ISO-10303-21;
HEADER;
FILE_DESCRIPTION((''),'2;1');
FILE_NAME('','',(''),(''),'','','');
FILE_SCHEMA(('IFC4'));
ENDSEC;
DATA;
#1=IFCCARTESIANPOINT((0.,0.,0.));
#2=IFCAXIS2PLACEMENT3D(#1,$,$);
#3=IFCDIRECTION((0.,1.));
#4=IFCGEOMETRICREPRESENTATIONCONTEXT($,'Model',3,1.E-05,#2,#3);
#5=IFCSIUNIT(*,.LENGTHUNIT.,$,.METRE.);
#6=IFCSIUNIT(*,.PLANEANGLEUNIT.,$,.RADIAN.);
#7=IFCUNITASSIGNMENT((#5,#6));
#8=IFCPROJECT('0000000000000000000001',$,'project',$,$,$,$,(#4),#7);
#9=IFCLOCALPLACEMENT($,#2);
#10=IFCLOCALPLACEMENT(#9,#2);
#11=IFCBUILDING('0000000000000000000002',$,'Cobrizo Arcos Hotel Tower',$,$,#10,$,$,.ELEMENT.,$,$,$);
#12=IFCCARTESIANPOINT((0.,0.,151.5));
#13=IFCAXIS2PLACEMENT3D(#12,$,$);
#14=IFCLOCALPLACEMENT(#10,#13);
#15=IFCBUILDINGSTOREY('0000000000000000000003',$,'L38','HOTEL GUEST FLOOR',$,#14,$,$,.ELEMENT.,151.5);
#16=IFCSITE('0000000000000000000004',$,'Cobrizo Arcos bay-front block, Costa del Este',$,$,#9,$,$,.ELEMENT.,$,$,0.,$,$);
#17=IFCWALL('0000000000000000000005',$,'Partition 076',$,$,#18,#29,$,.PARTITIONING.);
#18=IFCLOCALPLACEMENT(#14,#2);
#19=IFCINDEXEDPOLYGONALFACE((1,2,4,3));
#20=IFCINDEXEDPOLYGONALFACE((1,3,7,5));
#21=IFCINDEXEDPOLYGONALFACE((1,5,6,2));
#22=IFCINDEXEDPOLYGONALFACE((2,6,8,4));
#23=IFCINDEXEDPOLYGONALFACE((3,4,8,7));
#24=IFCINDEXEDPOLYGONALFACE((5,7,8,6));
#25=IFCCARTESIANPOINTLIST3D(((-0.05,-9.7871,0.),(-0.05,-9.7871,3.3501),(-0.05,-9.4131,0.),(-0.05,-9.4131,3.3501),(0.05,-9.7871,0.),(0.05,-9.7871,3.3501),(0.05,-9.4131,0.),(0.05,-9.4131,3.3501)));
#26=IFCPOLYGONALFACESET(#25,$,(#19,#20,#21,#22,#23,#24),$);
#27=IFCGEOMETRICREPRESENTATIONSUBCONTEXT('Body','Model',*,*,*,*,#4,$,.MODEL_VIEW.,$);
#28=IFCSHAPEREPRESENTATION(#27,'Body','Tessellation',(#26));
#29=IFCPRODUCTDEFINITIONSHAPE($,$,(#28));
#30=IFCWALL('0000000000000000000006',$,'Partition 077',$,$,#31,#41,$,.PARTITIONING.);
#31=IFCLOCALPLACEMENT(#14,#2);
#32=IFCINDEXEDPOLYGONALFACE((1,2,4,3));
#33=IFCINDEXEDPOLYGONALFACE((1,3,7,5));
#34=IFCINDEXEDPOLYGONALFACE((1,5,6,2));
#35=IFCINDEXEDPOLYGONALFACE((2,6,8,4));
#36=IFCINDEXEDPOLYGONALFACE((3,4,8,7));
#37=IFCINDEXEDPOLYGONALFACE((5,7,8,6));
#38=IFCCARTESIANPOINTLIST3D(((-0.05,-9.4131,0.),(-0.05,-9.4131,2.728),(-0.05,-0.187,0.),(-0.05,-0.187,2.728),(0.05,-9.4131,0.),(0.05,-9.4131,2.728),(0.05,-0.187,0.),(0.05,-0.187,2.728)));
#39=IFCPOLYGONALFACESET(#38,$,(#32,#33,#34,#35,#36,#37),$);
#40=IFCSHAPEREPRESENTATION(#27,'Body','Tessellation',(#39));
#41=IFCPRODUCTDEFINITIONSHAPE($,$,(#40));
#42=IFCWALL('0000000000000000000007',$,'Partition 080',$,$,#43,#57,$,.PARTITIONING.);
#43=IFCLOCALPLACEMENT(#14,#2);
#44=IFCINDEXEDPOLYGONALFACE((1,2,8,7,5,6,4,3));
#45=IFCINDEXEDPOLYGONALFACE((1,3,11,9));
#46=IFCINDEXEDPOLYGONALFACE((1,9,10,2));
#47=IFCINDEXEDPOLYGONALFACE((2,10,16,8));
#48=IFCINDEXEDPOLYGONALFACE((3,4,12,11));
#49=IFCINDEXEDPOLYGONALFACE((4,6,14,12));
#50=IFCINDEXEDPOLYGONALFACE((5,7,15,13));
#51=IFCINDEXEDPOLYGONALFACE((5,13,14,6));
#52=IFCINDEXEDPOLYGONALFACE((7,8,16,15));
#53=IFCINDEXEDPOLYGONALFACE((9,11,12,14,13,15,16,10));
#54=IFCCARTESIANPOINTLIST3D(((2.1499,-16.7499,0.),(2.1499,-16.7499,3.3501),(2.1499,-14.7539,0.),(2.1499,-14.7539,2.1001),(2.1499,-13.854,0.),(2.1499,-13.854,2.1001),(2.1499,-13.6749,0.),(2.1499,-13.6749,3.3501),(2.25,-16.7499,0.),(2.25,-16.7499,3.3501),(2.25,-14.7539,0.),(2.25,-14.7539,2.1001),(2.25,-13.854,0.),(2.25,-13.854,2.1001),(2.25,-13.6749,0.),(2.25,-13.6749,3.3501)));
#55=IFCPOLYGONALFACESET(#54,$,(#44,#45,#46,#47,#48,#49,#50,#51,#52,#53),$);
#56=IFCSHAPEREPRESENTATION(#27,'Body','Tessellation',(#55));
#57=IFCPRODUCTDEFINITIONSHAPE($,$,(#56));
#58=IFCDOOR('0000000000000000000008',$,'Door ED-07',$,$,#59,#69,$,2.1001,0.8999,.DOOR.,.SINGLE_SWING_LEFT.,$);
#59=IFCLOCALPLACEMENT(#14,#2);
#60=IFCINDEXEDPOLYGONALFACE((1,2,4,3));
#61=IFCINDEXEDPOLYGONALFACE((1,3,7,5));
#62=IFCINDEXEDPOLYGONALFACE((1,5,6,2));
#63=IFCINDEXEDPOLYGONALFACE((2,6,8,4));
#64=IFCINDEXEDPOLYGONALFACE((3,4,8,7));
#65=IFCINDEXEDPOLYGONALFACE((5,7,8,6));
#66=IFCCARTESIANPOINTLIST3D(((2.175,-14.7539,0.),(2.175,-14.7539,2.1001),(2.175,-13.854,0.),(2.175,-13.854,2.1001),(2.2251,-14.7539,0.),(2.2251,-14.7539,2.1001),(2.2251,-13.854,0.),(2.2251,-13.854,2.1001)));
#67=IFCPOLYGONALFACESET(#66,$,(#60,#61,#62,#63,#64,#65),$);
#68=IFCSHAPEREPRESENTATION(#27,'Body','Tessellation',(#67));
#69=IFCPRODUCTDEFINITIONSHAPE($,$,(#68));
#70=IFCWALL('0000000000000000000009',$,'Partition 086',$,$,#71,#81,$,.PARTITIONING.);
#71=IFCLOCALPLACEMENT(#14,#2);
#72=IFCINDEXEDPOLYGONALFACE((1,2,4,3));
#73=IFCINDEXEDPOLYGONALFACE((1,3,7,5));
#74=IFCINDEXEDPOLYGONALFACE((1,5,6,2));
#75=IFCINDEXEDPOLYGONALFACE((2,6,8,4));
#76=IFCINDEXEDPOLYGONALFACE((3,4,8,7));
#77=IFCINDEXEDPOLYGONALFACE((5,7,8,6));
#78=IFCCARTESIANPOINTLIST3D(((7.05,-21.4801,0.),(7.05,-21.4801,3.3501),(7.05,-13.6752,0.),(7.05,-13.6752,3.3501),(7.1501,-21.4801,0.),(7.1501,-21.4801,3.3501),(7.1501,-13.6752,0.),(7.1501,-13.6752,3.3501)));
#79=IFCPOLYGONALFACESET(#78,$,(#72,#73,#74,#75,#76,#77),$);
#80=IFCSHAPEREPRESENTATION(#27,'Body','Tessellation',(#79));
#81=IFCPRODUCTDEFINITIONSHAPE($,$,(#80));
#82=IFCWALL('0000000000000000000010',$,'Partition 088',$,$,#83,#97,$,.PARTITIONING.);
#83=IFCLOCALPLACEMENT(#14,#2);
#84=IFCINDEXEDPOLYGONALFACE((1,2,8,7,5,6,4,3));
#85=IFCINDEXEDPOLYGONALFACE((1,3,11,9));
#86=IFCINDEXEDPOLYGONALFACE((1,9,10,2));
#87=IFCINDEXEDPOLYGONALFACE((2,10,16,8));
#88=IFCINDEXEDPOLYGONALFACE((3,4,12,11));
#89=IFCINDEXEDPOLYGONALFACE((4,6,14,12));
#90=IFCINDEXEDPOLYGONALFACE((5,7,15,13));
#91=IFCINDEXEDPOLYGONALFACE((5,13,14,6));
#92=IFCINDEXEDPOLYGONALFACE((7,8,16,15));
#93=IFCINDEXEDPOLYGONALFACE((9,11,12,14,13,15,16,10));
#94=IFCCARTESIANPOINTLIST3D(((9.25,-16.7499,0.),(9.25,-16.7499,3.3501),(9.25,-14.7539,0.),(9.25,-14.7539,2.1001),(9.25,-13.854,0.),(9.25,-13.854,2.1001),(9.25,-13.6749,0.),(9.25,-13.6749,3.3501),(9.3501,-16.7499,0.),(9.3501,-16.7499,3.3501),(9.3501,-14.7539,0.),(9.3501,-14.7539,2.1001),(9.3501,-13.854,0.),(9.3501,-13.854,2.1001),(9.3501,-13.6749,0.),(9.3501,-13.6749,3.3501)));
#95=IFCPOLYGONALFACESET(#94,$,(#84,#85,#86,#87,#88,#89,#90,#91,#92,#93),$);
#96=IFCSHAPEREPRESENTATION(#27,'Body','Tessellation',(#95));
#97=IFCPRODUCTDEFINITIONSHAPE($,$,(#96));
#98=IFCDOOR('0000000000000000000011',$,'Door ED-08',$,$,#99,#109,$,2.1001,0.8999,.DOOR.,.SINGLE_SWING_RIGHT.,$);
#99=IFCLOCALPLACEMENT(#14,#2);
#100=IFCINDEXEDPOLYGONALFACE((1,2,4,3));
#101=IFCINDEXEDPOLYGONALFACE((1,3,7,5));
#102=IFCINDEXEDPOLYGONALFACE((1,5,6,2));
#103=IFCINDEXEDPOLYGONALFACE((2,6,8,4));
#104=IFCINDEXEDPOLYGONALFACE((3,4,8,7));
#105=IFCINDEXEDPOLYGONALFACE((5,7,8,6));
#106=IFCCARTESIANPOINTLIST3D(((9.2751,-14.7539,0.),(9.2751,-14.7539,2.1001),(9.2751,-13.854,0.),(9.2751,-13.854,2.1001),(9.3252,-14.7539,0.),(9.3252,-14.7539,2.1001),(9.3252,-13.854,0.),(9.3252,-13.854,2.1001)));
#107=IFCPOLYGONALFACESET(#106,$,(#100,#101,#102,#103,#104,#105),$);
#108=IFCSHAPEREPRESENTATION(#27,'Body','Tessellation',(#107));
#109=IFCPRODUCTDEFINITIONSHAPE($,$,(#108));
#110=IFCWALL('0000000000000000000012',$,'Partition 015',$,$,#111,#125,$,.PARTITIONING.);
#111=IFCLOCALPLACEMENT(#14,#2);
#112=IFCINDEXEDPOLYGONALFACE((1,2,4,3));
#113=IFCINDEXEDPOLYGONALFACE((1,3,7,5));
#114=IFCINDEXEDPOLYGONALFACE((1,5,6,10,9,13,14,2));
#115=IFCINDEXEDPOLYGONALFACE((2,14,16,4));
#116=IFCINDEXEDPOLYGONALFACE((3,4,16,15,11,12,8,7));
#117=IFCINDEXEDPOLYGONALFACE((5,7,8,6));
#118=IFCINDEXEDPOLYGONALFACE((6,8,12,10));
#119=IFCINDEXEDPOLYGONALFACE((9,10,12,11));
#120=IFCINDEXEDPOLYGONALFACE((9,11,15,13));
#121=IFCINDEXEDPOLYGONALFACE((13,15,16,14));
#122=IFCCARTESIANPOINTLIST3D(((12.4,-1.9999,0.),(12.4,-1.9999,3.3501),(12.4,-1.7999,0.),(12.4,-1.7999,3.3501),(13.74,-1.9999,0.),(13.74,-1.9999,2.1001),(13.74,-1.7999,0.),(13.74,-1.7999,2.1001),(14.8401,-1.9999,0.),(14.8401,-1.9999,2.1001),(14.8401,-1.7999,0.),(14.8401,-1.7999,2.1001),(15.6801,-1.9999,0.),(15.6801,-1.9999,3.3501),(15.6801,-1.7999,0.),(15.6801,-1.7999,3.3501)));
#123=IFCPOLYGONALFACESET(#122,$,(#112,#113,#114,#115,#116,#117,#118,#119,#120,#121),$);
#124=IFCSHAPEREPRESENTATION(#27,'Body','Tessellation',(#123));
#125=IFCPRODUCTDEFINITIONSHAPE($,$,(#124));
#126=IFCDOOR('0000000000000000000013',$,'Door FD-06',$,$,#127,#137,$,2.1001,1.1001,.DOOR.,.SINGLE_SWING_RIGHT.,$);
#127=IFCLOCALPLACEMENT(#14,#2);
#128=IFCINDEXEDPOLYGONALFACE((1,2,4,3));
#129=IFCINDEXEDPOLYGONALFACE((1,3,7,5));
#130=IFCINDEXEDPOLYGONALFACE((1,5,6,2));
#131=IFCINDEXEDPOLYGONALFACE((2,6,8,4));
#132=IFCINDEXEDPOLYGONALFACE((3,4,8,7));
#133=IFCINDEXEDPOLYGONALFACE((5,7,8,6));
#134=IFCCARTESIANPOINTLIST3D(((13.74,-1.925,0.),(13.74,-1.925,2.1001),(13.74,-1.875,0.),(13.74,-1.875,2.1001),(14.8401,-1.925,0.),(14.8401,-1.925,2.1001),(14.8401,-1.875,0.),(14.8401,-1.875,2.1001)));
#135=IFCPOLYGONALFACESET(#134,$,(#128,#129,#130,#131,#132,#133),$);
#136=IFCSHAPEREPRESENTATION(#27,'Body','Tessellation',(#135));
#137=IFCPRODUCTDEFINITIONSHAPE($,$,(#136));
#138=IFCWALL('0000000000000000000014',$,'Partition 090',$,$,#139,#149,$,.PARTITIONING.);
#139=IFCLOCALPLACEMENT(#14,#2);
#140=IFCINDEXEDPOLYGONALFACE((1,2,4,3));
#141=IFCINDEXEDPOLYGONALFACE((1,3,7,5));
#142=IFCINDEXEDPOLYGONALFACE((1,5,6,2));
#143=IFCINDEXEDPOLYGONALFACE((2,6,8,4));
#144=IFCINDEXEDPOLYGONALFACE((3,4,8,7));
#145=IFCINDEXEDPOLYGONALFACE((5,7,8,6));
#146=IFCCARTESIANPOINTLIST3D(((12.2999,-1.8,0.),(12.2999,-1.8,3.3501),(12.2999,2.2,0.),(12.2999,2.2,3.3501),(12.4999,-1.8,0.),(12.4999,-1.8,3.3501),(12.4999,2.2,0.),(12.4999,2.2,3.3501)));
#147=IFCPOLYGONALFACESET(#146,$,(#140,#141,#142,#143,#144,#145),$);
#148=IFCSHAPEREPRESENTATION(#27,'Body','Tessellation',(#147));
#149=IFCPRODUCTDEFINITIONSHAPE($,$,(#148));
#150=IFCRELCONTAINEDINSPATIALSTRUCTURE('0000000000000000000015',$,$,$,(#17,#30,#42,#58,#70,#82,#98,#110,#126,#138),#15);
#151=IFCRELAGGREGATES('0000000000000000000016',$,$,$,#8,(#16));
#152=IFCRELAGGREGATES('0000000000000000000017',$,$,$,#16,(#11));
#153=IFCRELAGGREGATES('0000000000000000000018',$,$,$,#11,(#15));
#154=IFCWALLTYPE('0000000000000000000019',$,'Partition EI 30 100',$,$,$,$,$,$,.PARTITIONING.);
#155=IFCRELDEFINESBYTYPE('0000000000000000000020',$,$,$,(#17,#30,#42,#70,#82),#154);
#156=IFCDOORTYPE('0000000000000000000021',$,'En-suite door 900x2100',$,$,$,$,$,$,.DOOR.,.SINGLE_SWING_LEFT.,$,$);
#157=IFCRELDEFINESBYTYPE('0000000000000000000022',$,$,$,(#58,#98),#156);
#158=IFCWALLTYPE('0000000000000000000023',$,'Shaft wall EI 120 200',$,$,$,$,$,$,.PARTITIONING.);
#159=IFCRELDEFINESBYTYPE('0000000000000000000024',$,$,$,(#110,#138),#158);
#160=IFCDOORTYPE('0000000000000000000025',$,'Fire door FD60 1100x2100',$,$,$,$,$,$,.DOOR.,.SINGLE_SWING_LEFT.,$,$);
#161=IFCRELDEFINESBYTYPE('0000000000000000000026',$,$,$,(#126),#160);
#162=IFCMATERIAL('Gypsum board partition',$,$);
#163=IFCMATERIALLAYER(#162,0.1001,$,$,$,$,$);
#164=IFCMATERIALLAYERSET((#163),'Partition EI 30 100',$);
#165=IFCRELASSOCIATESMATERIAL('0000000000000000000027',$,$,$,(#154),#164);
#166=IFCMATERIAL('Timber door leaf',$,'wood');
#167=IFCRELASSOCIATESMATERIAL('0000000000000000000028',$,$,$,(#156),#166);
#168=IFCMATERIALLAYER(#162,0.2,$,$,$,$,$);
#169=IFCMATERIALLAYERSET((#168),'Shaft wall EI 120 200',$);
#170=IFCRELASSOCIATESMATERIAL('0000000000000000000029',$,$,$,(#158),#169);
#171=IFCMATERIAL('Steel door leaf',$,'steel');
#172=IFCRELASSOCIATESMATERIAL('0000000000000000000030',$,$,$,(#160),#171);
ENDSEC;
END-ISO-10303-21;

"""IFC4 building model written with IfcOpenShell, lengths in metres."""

from ifc_helpers import new_model, si_unit, direction, frame, frame_2d, origin, place, context, subcontext, project, spatial, rectangle, extrude, material, layer, layer_set, type_object, element, fill, save


model = new_model("IFC4")

# Units and contexts
model_context = context("Model", 3, precision=1e-05, world=origin(), true_north=direction((0.0, 1.0)))
body_context = subcontext(model_context, "Body", "Model", "MODEL_VIEW")
ifc_project = project(units=[si_unit("LENGTHUNIT", "METRE"), si_unit("PLANEANGLEUNIT", "RADIAN")], contexts=[model_context])

# Site, building, storey
site_placement = place(None, origin())
site = spatial("IfcSite", under=ifc_project, at=site_placement, Name="Cobrizo Arcos bay-front block, Costa del Este", CompositionType="ELEMENT", RefElevation=0.0)
building_placement = place(site_placement, origin())
building = spatial("IfcBuilding", under=site, at=building_placement, Name="Cobrizo Arcos Hotel Tower", CompositionType="ELEMENT")
storey_placement = place(building_placement, frame((0.0, 0.0, 151.5)))
storey = spatial("IfcBuildingStorey", under=building, at=storey_placement, Name="L38", Description="HOTEL GUEST FLOOR", CompositionType="ELEMENT", Elevation=151.5)

# Shared definitions
ifc_material_1 = material(Name="Gypsum board partition")

# Shared definitions
ifc_material_2 = material(Name="Timber door leaf", Category="wood")

# Shared definitions
ifc_layer_1 = layer(ifc_material_1, 0.1001)
ifc_layer_set_1 = layer_set([ifc_layer_1], Name="Partition EI 30 100")
wall_type_1 = type_object("IfcWallType", Name="Partition EI 30 100", PredefinedType="PARTITIONING", material=ifc_layer_set_1)
door_type_1 = type_object("IfcDoorType", Name="En-suite door 900x2100", OperationType="SINGLE_SWING_LEFT", PredefinedType="DOOR", material=ifc_material_2)

# Walls
wall_1_placement = place(storey_placement, frame((0.0, -9.7871, 0.0), z_axis=(0.0, 0.0, 1.0), x_axis=(0.0, 1.0, 0.0)))
element("IfcWall", 1, at=wall_1_placement, inside=storey, type_object=wall_type_1, Name="Partition 076", PredefinedType="PARTITIONING", context=body_context, shape_type="SweptSolid", body=[
    extrude(rectangle(XDim=0.374, YDim=0.1001, at=frame_2d((0.187, 0.0))), origin(), (0.0, 0.0, 1.0), 3.3501),
])
wall_2_placement = place(storey_placement, frame((0.0, -9.4131, 0.0), z_axis=(0.0, 0.0, 1.0), x_axis=(0.0, 1.0, 0.0)))
element("IfcWall", 2, at=wall_2_placement, inside=storey, type_object=wall_type_1, Name="Partition 077", PredefinedType="PARTITIONING", context=body_context, shape_type="SweptSolid", body=[
    extrude(rectangle(XDim=9.2261, YDim=0.1001, at=frame_2d((4.613, 0.0))), origin(), (0.0, 0.0, 1.0), 2.728),
])

# Wall, opening, door
wall_3_placement = place(storey_placement, frame((2.2, -16.75, 0.0), z_axis=(0.0, 0.0, 1.0), x_axis=(0.0, 1.0, 0.0)))
wall_3 = element("IfcWall", 3, at=wall_3_placement, inside=storey, type_object=wall_type_1, Name="Partition 080", PredefinedType="PARTITIONING", context=body_context, shape_type="SweptSolid", body=[
    extrude(rectangle(XDim=3.075, YDim=0.1001, at=frame_2d((1.5376, 0.0))), origin(), (0.0, 0.0, 1.0), 3.3501),
])
opening_1_placement = place(wall_3_placement, frame((1.9961, 0.0, 0.0)))
opening_1 = element("IfcOpeningElement", 4, at=opening_1_placement, cuts=wall_3, PredefinedType="OPENING", context=body_context, shape_type="SweptSolid", body=[
    extrude(rectangle(XDim=0.8999, YDim=2.1001, at=frame_2d((0.45, 1.05))), frame((0.0, 0.062, 0.0), z_axis=(0.0, -1.0, 0.0), x_axis=(1.0, 0.0, 0.0)), (0.0, 0.0, 1.0), 0.124),
])
door_1_placement = place(opening_1_placement, origin())
door_1 = element("IfcDoor", 5, at=door_1_placement, inside=storey, type_object=door_type_1, Name="Door ED-07", OperationType="SINGLE_SWING_LEFT", OverallHeight=2.1001, OverallWidth=0.8999, PredefinedType="DOOR", context=body_context, shape_type="SweptSolid", body=[
    extrude(rectangle(XDim=0.8999, YDim=2.1001, at=frame_2d((0.45, 1.05))), frame((0.0, 0.0249, 0.0), z_axis=(0.0, -1.0, 0.0), x_axis=(1.0, 0.0, 0.0)), (0.0, 0.0, 1.0), 0.05),
])
fill(opening_1, door_1)

# Wall
wall_4_placement = place(storey_placement, frame((7.1001, -21.48, 0.0), z_axis=(0.0, 0.0, 1.0), x_axis=(0.0, 1.0, 0.0)))
element("IfcWall", 6, at=wall_4_placement, inside=storey, type_object=wall_type_1, Name="Partition 086", PredefinedType="PARTITIONING", context=body_context, shape_type="SweptSolid", body=[
    extrude(rectangle(XDim=7.8049, YDim=0.1001, at=frame_2d((3.9023, 0.0))), origin(), (0.0, 0.0, 1.0), 3.3501),
])

# Walls, openings, doors
wall_5_placement = place(storey_placement, frame((9.3, -16.75, 0.0), z_axis=(0.0, 0.0, 1.0), x_axis=(0.0, 1.0, 0.0)))
wall_5 = element("IfcWall", 7, at=wall_5_placement, inside=storey, type_object=wall_type_1, Name="Partition 088", PredefinedType="PARTITIONING", context=body_context, shape_type="SweptSolid", body=[
    extrude(rectangle(XDim=3.075, YDim=0.1001, at=frame_2d((1.5376, 0.0))), origin(), (0.0, 0.0, 1.0), 3.3501),
])
opening_2_placement = place(wall_5_placement, frame((1.9961, 0.0, 0.0)))
opening_2 = element("IfcOpeningElement", 8, at=opening_2_placement, cuts=wall_5, PredefinedType="OPENING", context=body_context, shape_type="SweptSolid", body=[
    extrude(rectangle(XDim=0.8999, YDim=2.1001, at=frame_2d((0.45, 1.05))), frame((0.0, 0.062, 0.0), z_axis=(0.0, -1.0, 0.0), x_axis=(1.0, 0.0, 0.0)), (0.0, 0.0, 1.0), 0.124),
])
door_2_placement = place(opening_2_placement, origin())
door_2 = element("IfcDoor", 9, at=door_2_placement, inside=storey, type_object=door_type_1, Name="Door ED-08", OperationType="SINGLE_SWING_RIGHT", OverallHeight=2.1001, OverallWidth=0.8999, PredefinedType="DOOR", context=body_context, shape_type="SweptSolid", body=[
    extrude(rectangle(XDim=0.8999, YDim=2.1001, at=frame_2d((0.45, 1.05))), frame((0.0, 0.0249, 0.0), z_axis=(0.0, -1.0, 0.0), x_axis=(1.0, 0.0, 0.0)), (0.0, 0.0, 1.0), 0.05),
])
fill(opening_2, door_2)
ifc_layer_2 = layer(ifc_material_1, 0.2)
ifc_layer_set_2 = layer_set([ifc_layer_2], Name="Shaft wall EI 120 200")
wall_type_2 = type_object("IfcWallType", Name="Shaft wall EI 120 200", PredefinedType="PARTITIONING", material=ifc_layer_set_2)
wall_6_placement = place(storey_placement, frame((12.3999, -1.8999, 0.0), z_axis=(0.0, 0.0, 1.0), x_axis=(1.0, 0.0, 0.0)))
wall_6 = element("IfcWall", 10, at=wall_6_placement, inside=storey, type_object=wall_type_2, Name="Partition 015", PredefinedType="PARTITIONING", context=body_context, shape_type="SweptSolid", body=[
    extrude(rectangle(XDim=3.28, YDim=0.2, at=frame_2d((1.6401, 0.0))), origin(), (0.0, 0.0, 1.0), 3.3501),
])
opening_3_placement = place(wall_6_placement, frame((1.3401, 0.0, 0.0)))
opening_3 = element("IfcOpeningElement", 11, at=opening_3_placement, cuts=wall_6, PredefinedType="OPENING", context=body_context, shape_type="SweptSolid", body=[
    extrude(rectangle(XDim=1.1001, YDim=2.1001, at=frame_2d((0.55, 1.05))), frame((0.0, 0.1121, 0.0), z_axis=(0.0, -1.0, 0.0), x_axis=(1.0, 0.0, 0.0)), (0.0, 0.0, 1.0), 0.2239),
])
ifc_material_3 = material(Name="Steel door leaf", Category="steel")
door_type_2 = type_object("IfcDoorType", Name="Fire door FD60 1100x2100", OperationType="SINGLE_SWING_LEFT", PredefinedType="DOOR", material=ifc_material_3)
door_3_placement = place(opening_3_placement, origin())
door_3 = element("IfcDoor", 12, at=door_3_placement, inside=storey, type_object=door_type_2, Name="Door FD-06", OperationType="SINGLE_SWING_RIGHT", OverallHeight=2.1001, OverallWidth=1.1001, PredefinedType="DOOR", context=body_context, shape_type="SweptSolid", body=[
    extrude(rectangle(XDim=1.1001, YDim=2.1001, at=frame_2d((0.55, 1.05))), frame((0.0, 0.0249, 0.0), z_axis=(0.0, -1.0, 0.0), x_axis=(1.0, 0.0, 0.0)), (0.0, 0.0, 1.0), 0.05),
])
fill(opening_3, door_3)

# Wall
wall_7_placement = place(storey_placement, frame((12.3999, -1.8, 0.0), z_axis=(0.0, 0.0, 1.0), x_axis=(0.0, 1.0, 0.0)))
element("IfcWall", 13, at=wall_7_placement, inside=storey, type_object=wall_type_2, Name="Partition 090", PredefinedType="PARTITIONING", context=body_context, shape_type="SweptSolid", body=[
    extrude(rectangle(XDim=4.0, YDim=0.2, at=frame_2d((2.0, 0.0))), origin(), (0.0, 0.0, 1.0), 3.3501),
])

save(model, "model.ifc")
